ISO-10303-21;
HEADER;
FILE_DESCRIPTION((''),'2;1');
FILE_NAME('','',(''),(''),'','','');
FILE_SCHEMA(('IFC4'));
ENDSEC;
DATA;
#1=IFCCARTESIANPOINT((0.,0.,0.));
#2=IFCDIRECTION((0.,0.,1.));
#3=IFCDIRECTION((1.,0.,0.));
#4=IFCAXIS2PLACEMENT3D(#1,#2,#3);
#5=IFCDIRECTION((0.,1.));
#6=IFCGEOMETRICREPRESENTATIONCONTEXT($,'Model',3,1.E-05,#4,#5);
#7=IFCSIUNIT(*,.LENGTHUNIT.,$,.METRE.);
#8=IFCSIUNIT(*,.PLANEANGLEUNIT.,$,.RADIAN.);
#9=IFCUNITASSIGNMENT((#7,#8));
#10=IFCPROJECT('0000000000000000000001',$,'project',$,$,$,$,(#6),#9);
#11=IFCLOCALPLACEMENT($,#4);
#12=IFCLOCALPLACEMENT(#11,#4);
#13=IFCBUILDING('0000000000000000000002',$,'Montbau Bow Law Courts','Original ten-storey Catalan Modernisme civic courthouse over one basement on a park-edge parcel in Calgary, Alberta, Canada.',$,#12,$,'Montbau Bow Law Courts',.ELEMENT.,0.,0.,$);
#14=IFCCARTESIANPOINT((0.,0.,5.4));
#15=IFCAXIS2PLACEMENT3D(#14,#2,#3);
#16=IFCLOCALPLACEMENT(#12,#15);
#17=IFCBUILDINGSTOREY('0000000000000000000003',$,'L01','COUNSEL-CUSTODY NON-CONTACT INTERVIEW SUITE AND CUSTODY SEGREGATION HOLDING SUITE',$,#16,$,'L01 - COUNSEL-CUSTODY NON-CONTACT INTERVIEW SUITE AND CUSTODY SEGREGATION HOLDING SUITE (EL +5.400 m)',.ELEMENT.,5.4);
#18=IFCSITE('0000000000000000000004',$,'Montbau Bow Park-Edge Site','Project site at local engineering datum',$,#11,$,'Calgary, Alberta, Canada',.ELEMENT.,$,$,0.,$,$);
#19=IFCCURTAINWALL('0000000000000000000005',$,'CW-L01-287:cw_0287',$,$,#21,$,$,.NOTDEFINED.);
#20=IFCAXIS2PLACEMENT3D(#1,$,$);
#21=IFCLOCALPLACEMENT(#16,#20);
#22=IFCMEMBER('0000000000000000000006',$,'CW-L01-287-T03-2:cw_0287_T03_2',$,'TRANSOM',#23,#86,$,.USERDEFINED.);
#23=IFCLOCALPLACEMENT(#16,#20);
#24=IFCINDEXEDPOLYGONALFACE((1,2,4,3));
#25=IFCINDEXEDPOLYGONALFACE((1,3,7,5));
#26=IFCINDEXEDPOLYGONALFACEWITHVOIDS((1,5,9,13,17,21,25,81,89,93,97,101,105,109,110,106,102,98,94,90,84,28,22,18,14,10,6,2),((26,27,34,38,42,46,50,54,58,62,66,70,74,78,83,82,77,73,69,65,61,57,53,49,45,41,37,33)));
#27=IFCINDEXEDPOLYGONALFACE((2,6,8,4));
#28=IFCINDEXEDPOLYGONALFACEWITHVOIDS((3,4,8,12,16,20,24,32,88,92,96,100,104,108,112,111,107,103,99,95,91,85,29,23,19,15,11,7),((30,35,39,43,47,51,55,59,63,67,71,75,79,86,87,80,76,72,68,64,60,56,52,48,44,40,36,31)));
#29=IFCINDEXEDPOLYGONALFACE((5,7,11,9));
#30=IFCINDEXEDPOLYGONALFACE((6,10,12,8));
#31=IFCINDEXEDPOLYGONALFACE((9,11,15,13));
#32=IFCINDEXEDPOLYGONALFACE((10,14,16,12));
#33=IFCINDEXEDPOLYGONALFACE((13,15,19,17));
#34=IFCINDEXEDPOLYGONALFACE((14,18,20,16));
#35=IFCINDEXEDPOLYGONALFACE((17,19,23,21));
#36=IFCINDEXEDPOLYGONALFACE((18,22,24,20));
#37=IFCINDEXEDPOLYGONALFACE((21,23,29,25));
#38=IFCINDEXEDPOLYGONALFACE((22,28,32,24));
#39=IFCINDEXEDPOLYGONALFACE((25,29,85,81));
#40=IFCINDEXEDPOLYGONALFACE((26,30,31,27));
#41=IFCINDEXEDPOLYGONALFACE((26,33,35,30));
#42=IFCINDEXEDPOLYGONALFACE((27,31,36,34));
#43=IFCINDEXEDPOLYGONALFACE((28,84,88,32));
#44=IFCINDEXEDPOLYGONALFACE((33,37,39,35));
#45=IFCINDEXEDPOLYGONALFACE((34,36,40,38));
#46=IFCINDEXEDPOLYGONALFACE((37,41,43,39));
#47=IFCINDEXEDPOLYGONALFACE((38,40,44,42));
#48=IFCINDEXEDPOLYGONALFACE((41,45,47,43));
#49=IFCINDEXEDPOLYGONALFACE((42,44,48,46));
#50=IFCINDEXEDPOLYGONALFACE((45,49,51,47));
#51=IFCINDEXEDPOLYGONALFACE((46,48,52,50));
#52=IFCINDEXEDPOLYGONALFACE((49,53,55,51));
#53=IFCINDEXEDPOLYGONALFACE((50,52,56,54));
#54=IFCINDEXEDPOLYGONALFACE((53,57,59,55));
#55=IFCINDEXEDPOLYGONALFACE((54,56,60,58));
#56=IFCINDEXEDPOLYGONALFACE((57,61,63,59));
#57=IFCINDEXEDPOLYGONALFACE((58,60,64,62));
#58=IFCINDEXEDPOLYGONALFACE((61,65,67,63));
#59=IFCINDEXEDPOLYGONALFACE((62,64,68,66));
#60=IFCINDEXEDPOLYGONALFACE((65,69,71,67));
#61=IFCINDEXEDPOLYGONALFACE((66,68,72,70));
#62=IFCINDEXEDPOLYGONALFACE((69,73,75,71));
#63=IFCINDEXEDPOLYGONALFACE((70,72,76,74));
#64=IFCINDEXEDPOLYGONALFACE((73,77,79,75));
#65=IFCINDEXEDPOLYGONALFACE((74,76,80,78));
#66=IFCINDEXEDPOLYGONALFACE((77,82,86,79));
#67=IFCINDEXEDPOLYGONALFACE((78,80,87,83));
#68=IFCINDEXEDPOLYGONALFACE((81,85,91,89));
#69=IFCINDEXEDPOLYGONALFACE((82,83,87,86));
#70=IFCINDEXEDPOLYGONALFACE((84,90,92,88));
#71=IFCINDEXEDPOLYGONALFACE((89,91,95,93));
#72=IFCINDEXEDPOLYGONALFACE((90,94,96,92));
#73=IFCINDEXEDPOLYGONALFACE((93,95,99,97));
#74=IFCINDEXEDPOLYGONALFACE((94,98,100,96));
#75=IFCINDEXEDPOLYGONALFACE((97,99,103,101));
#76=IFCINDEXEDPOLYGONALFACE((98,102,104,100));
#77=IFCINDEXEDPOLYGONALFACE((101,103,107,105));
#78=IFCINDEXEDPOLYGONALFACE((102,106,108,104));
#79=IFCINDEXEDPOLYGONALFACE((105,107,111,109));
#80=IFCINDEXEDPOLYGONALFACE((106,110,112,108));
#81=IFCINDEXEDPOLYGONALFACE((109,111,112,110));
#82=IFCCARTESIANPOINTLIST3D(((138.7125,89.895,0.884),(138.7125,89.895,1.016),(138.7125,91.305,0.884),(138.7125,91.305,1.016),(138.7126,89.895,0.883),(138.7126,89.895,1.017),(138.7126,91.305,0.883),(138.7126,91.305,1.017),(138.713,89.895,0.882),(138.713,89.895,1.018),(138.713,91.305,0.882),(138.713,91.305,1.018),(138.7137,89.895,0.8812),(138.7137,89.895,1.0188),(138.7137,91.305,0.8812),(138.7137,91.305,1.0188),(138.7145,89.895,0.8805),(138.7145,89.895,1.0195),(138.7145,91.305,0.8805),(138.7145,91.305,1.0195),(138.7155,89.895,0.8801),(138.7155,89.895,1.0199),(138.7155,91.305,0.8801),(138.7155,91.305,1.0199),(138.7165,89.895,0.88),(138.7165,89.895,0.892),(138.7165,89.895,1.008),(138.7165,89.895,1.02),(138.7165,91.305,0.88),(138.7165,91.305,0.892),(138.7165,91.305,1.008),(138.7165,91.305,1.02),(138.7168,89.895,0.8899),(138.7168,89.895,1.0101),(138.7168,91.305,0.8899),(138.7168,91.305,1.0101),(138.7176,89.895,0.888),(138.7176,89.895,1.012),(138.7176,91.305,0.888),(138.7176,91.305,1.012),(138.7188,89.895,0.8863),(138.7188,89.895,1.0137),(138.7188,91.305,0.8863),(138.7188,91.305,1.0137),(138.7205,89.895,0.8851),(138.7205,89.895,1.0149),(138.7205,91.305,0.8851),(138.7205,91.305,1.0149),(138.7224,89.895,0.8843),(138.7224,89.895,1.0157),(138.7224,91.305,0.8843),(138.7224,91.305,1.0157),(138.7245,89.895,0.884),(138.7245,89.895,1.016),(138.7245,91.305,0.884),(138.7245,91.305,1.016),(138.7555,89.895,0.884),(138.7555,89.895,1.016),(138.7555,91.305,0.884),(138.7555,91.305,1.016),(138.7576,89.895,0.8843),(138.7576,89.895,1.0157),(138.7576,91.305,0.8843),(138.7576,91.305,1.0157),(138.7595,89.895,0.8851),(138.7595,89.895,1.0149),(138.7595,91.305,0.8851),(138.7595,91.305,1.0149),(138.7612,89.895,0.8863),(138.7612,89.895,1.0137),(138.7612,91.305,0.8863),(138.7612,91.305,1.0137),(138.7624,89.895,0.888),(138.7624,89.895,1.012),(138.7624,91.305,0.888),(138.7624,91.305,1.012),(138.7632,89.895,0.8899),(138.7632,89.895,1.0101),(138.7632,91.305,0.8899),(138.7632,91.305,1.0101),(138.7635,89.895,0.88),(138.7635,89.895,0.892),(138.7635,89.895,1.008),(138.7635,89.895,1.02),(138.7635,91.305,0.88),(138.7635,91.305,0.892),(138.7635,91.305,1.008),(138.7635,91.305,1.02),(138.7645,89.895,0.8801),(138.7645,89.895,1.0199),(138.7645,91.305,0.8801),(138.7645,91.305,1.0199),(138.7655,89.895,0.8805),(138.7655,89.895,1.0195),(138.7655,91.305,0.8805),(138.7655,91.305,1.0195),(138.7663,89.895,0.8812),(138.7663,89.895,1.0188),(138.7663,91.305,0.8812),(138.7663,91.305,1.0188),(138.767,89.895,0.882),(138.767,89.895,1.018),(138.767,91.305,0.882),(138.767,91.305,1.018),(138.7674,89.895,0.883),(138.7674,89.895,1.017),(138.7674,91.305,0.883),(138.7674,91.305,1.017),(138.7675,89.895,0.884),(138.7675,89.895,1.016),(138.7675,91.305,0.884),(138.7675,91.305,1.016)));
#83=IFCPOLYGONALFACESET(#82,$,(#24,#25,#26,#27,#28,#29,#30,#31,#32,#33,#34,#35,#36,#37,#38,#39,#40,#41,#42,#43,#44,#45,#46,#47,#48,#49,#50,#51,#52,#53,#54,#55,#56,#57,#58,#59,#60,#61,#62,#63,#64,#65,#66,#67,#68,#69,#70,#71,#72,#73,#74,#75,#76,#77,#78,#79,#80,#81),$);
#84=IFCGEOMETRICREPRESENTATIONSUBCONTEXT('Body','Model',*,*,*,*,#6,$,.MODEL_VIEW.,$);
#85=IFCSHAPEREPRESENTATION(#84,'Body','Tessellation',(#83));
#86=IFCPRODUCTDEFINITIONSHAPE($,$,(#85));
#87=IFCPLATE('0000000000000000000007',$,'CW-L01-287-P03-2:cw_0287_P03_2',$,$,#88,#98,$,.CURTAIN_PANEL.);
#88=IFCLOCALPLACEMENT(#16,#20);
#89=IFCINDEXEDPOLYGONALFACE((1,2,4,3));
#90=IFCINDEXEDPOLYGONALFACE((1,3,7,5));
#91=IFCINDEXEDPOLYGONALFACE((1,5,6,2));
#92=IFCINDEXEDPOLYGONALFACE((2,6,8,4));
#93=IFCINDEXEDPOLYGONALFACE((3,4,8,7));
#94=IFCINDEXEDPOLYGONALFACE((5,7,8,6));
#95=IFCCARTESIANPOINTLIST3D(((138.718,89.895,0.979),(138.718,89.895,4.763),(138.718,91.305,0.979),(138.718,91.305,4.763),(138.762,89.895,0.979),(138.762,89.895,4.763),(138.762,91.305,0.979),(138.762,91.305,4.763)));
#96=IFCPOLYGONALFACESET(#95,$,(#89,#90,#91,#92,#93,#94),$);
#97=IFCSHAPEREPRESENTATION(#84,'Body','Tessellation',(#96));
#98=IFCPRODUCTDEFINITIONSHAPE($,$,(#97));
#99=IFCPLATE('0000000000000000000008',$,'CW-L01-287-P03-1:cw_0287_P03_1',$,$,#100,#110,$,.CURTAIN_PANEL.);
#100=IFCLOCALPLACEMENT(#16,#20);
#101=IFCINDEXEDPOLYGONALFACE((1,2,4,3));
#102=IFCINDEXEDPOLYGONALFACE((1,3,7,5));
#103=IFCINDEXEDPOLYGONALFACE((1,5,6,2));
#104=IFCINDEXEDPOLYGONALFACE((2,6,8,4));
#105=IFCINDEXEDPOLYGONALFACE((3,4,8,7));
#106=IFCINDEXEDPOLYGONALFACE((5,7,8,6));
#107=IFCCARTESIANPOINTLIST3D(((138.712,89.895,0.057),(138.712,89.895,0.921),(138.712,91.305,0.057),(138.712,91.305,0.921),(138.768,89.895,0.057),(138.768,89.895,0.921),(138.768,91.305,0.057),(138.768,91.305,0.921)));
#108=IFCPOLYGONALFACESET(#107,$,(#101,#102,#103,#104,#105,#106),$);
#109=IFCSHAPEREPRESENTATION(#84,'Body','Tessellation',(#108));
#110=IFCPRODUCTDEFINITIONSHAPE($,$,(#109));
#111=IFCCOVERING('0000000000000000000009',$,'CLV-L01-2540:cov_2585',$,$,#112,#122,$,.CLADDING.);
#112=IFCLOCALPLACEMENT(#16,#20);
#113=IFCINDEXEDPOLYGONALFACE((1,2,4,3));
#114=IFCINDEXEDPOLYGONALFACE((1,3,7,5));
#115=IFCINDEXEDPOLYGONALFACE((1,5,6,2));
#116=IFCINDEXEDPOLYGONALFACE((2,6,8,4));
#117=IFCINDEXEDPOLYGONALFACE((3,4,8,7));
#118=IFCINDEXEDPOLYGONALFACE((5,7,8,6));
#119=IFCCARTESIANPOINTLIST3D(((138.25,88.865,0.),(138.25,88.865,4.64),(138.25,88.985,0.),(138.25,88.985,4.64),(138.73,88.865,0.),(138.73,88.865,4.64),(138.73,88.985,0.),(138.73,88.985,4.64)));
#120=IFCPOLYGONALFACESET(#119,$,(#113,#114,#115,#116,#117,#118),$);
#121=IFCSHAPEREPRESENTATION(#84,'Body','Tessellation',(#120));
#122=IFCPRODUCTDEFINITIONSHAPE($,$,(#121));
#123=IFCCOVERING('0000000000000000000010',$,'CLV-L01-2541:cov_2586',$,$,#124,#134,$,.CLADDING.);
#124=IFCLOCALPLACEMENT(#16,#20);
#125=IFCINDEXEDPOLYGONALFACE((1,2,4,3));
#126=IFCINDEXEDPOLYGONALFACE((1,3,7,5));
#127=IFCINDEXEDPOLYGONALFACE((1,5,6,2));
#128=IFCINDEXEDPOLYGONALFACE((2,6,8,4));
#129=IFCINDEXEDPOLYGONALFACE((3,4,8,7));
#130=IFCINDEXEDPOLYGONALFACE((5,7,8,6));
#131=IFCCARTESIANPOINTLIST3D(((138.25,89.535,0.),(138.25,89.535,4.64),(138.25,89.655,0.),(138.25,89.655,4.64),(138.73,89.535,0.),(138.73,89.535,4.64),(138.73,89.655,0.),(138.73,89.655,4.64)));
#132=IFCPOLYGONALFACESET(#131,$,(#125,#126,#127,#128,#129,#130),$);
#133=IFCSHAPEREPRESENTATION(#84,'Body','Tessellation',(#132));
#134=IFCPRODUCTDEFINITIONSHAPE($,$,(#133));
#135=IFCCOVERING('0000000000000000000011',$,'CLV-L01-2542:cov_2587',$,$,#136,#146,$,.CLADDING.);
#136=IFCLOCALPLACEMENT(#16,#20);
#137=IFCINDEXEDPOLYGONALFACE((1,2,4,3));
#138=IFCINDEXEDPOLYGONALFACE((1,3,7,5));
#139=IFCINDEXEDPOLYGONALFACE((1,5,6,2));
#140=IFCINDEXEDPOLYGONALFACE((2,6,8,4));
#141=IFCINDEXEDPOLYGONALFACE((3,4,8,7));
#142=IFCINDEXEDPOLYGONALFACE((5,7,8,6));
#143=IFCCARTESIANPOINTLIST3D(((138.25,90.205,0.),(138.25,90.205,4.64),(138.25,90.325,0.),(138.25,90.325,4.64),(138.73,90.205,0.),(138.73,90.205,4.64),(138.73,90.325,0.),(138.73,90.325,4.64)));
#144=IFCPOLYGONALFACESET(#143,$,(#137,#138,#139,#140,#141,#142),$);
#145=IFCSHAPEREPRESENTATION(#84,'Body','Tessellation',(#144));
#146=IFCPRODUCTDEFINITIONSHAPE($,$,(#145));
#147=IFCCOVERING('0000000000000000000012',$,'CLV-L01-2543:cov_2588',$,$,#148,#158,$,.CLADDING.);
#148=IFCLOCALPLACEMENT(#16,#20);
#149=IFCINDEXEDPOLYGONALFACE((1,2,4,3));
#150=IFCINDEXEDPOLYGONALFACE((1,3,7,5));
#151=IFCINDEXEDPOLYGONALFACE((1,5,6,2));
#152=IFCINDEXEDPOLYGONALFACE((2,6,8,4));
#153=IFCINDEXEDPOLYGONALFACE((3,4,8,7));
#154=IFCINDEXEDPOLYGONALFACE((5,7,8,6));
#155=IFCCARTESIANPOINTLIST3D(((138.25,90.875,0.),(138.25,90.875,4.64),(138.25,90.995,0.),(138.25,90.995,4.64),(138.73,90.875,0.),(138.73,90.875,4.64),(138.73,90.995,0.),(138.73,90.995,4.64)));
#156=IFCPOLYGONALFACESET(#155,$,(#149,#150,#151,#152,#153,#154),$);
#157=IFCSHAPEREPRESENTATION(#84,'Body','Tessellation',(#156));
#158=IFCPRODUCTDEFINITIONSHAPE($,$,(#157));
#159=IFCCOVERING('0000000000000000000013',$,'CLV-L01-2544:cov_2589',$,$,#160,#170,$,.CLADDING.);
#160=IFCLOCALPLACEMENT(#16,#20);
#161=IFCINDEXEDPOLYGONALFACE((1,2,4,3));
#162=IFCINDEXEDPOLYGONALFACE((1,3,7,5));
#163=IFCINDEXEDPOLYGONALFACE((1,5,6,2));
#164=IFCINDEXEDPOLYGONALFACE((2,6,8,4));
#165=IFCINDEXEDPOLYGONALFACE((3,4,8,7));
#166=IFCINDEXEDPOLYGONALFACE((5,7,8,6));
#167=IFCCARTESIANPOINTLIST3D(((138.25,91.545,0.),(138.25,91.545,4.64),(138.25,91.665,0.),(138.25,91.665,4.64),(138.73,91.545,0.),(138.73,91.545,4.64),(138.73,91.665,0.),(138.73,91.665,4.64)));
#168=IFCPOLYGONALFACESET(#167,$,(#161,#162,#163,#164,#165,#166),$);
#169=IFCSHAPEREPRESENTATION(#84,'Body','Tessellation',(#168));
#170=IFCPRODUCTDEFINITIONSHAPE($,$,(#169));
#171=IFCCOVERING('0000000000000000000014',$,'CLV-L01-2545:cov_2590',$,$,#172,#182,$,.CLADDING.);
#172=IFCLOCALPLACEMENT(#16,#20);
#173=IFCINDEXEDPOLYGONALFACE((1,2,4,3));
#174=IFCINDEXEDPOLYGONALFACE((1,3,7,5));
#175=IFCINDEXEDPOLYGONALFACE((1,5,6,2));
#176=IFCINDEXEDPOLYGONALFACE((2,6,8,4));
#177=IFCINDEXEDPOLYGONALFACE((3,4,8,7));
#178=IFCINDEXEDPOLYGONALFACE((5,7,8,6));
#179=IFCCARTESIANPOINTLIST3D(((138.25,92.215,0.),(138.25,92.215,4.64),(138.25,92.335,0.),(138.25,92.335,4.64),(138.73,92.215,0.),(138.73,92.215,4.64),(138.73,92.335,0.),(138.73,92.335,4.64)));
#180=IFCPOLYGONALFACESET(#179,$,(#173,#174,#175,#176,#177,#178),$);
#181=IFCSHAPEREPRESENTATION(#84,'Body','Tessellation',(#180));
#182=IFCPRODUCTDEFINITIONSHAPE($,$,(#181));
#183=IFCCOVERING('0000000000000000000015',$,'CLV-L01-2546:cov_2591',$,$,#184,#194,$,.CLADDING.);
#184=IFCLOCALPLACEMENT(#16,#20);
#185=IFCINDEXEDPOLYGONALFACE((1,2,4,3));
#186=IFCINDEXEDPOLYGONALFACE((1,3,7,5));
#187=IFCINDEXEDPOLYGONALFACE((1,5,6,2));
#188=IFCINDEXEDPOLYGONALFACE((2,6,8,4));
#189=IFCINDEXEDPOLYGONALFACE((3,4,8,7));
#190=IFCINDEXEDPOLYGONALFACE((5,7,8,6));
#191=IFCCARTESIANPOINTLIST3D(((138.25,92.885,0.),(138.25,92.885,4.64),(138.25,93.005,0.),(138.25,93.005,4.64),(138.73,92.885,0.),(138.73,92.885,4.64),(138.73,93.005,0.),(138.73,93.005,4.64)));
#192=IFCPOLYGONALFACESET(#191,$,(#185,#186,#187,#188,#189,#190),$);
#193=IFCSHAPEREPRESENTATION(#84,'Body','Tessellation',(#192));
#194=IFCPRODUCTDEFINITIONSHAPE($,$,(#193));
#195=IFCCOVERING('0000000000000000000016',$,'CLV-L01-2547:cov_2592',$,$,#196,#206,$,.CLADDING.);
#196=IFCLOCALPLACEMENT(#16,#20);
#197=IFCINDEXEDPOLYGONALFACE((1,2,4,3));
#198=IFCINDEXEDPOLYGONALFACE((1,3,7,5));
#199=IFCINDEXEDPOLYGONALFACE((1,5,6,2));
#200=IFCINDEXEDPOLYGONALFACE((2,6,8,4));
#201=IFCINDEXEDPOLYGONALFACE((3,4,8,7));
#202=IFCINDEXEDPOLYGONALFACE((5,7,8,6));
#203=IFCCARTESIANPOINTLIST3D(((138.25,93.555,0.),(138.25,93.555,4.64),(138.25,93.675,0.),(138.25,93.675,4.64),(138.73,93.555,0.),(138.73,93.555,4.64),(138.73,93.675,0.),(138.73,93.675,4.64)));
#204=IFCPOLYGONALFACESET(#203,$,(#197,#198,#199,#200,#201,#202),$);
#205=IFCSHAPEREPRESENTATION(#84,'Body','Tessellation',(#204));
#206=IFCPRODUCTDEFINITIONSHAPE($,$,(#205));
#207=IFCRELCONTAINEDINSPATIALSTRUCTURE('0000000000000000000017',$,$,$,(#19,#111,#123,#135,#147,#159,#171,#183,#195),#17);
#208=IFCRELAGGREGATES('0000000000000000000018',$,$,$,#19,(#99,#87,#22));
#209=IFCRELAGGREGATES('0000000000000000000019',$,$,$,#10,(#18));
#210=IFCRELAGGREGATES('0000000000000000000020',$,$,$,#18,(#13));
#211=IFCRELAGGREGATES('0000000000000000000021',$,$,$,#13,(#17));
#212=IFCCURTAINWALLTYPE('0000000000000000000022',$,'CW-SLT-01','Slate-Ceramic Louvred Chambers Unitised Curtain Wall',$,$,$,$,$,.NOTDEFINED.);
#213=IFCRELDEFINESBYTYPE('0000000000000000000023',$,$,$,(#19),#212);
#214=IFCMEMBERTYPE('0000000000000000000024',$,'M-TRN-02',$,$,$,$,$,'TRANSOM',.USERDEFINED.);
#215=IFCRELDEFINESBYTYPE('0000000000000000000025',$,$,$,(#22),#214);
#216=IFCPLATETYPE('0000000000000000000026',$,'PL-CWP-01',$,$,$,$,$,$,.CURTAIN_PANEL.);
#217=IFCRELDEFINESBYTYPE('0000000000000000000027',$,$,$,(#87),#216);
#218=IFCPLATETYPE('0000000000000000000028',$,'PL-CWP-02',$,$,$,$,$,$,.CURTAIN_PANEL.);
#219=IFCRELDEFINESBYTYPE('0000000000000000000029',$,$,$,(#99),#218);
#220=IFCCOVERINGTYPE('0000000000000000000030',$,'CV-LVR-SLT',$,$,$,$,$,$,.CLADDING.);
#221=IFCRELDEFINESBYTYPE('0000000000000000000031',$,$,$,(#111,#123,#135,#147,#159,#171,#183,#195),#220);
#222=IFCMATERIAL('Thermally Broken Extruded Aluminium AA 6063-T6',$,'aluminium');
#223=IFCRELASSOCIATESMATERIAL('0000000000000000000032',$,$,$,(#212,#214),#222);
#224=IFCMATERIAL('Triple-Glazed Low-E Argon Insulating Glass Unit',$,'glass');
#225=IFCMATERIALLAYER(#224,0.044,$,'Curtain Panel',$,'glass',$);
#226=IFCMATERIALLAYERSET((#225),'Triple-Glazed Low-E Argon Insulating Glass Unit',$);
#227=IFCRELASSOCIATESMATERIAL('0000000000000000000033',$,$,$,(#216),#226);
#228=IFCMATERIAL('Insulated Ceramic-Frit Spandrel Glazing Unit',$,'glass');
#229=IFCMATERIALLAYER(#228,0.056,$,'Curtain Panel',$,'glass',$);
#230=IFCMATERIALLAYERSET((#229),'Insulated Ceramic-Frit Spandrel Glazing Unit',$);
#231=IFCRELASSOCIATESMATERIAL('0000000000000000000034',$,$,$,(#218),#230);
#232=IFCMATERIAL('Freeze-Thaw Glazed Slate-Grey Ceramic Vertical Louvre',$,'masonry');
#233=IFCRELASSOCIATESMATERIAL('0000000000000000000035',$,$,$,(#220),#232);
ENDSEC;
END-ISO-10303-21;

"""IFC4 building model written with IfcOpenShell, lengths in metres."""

from ifc_helpers import new_model, si_unit, direction, frame, frame_2d, origin_with_axes, origin_2d_with_axis, place, context, subcontext, project, spatial, rectangle, hollow_rectangle, extrude, material, layer, layer_set, material_profile, profile_set, type_object, element, aggregate, save


model = new_model("IFC4")

# Units and contexts
model_context = context("Model", 3, precision=1e-05, world=origin_with_axes(), true_north=direction((0.0, 1.0)))
body_context = subcontext(model_context, "Body", "Model", "MODEL_VIEW")
ifc_project = project(units=[si_unit("LENGTHUNIT", "METRE"), si_unit("PLANEANGLEUNIT", "RADIAN")], contexts=[model_context])

# Site, building, storey
site_placement = place(None, origin_with_axes())
site = spatial("IfcSite", under=ifc_project, at=site_placement, Name="Montbau Bow Park-Edge Site", Description="Project site at local engineering datum", LongName="Calgary, Alberta, Canada", CompositionType="ELEMENT", RefElevation=0.0)
building_placement = place(site_placement, origin_with_axes())
building = spatial("IfcBuilding", under=site, at=building_placement, Name="Montbau Bow Law Courts", Description="Original ten-storey Catalan Modernisme civic courthouse over one basement on a park-edge parcel in Calgary, Alberta, Canada.", LongName="Montbau Bow Law Courts", CompositionType="ELEMENT", ElevationOfRefHeight=0.0, ElevationOfTerrain=0.0)
storey_placement = place(building_placement, frame((0.0, 0.0, 5.4), z_axis=(0.0, 0.0, 1.0), x_axis=(1.0, 0.0, 0.0)))
storey = spatial("IfcBuildingStorey", under=building, at=storey_placement, Name="L01", Description="COUNSEL-CUSTODY NON-CONTACT INTERVIEW SUITE AND CUSTODY SEGREGATION HOLDING SUITE", LongName="L01 - COUNSEL-CUSTODY NON-CONTACT INTERVIEW SUITE AND CUSTODY SEGREGATION HOLDING SUITE (EL +5.400 m)", CompositionType="ELEMENT", Elevation=5.4)

# Curtain wall, member, plates
ifc_material_1 = material(Name="Thermally Broken Extruded Aluminium AA 6063-T6", Category="aluminium")
curtain_wall_type = type_object("IfcCurtainWallType", Name="CW-SLT-01", Description="Slate-Ceramic Louvred Chambers Unitised Curtain Wall", PredefinedType="NOTDEFINED", material=ifc_material_1)
curtain_wall_placement = place(None, frame((138.74, 86.915, 5.4), z_axis=(0.0, 0.0, 1.0), x_axis=(1.0, 0.0, 0.0)))
curtain_wall = element("IfcCurtainWall", 1, at=curtain_wall_placement, inside=storey, type_object=curtain_wall_type, Name="CW-L01-287:cw_0287", PredefinedType="NOTDEFINED")
ifc_material_profile_1 = material_profile(ifc_material_1, hollow_rectangle(XDim=0.055, YDim=0.14, WallThickness=0.004, InnerFilletRadius=0.008, OuterFilletRadius=0.004, at=origin_2d_with_axis()), Name="CWT-140X55", Category="Main", Priority=0)
ifc_profile_set_1 = profile_set([ifc_material_profile_1], Name="Thermally Broken Extruded Aluminium AA 6063-T6")
member_type_1 = type_object("IfcMemberType", Name="M-TRN-02", ElementType="TRANSOM", PredefinedType="USERDEFINED", material=ifc_profile_set_1)
member_1_placement = place(None, frame((138.74, 89.895, 6.35), z_axis=(0.0, 1.0, 0.0), x_axis=(-1.0, 0.0, 0.0)))
member_1 = element("IfcMember", 2, at=member_1_placement, type_object=member_type_1, Name="CW-L01-287-T03-2:cw_0287_T03_2", ObjectType="TRANSOM", PredefinedType="USERDEFINED", context=body_context, shape_type="SweptSolid", body=[
    extrude(hollow_rectangle(XDim=0.055, YDim=0.14, WallThickness=0.004, InnerFilletRadius=0.008, OuterFilletRadius=0.004, at=origin_2d_with_axis()), origin_with_axes(), (0.0, 0.0, 1.0), 1.41),
])
ifc_material_2 = material(Name="Triple-Glazed Low-E Argon Insulating Glass Unit", Category="glass")
ifc_layer_1 = layer(ifc_material_2, 0.044, Name="Curtain Panel", Category="glass")
ifc_layer_set_1 = layer_set([ifc_layer_1], Name="Triple-Glazed Low-E Argon Insulating Glass Unit")
plate_type_1 = type_object("IfcPlateType", Name="PL-CWP-01", PredefinedType="CURTAIN_PANEL", material=ifc_layer_set_1)
plate_1_placement = place(None, frame((138.74, 89.895, 6.379), z_axis=(1.0, 0.0, 0.0), x_axis=(0.0, 1.0, 0.0)))
plate_1 = element("IfcPlate", 3, at=plate_1_placement, type_object=plate_type_1, Name="CW-L01-287-P03-2:cw_0287_P03_2", PredefinedType="CURTAIN_PANEL", context=body_context, shape_type="SweptSolid", body=[
    extrude(rectangle(XDim=1.41, YDim=3.784, at=frame_2d((0.705, 1.892), x_axis=(1.0, 0.0))), frame((0.0, 0.0, -0.022), z_axis=(0.0, 0.0, 1.0), x_axis=(1.0, 0.0, 0.0)), (0.0, 0.0, 1.0), 0.044),
])
ifc_material_3 = material(Name="Insulated Ceramic-Frit Spandrel Glazing Unit", Category="glass")
ifc_layer_2 = layer(ifc_material_3, 0.056, Name="Curtain Panel", Category="glass")
ifc_layer_set_2 = layer_set([ifc_layer_2], Name="Insulated Ceramic-Frit Spandrel Glazing Unit")
plate_type_2 = type_object("IfcPlateType", Name="PL-CWP-02", PredefinedType="CURTAIN_PANEL", material=ifc_layer_set_2)
plate_2_placement = place(None, frame((138.74, 89.895, 5.457), z_axis=(1.0, 0.0, 0.0), x_axis=(0.0, 1.0, 0.0)))
plate_2 = element("IfcPlate", 4, at=plate_2_placement, type_object=plate_type_2, Name="CW-L01-287-P03-1:cw_0287_P03_1", PredefinedType="CURTAIN_PANEL", context=body_context, shape_type="SweptSolid", body=[
    extrude(rectangle(XDim=1.41, YDim=0.864, at=frame_2d((0.705, 0.432), x_axis=(1.0, 0.0))), frame((0.0, 0.0, -0.028), z_axis=(0.0, 0.0, 1.0), x_axis=(1.0, 0.0, 0.0)), (0.0, 0.0, 1.0), 0.056),
])
aggregate(curtain_wall, [plate_2, plate_1, member_1])

# Coverings
ifc_material_4 = material(Name="Freeze-Thaw Glazed Slate-Grey Ceramic Vertical Louvre", Category="masonry")
covering_type = type_object("IfcCoveringType", Name="CV-LVR-SLT", PredefinedType="CLADDING", material=ifc_material_4)
for number, where, z_axis, x_axis, name in (
    (5, (138.73, 88.925, 5.4), (0.0, 1.0, 0.0), (-1.0, 0.0, 0.0), "CLV-L01-2540:cov_2585"),
    (6, (138.73, 89.595, 5.4), (0.0, 1.0, 0.0), (-1.0, 0.0, 0.0), "CLV-L01-2541:cov_2586"),
    (7, (138.73, 90.265, 5.4), (0.0, 1.0, 0.0), (-1.0, 0.0, 0.0), "CLV-L01-2542:cov_2587"),
    (8, (138.73, 90.935, 5.4), (0.0, 1.0, 0.0), (-1.0, 0.0, 0.0), "CLV-L01-2543:cov_2588"),
    (9, (138.73, 91.605, 5.4), (0.0, 1.0, 0.0), (-1.0, 0.0, 0.0), "CLV-L01-2544:cov_2589"),
    (10, (138.73, 92.275, 5.4), (0.0, 1.0, 0.0), (-1.0, 0.0, 0.0), "CLV-L01-2545:cov_2590"),
    (11, (138.73, 92.945, 5.4), (0.0, 1.0, 0.0), (-1.0, 0.0, 0.0), "CLV-L01-2546:cov_2591"),
    (12, (138.73, 93.615, 5.4), (0.0, 1.0, 0.0), (-1.0, 0.0, 0.0), "CLV-L01-2547:cov_2592"),
):
    element("IfcCovering", number, at=place(None, frame(where, z_axis=z_axis, x_axis=x_axis)), inside=storey, type_object=covering_type, Name=name, PredefinedType="CLADDING", context=body_context, shape_type="SweptSolid", body=[
        extrude(rectangle(XDim=0.48, YDim=4.64, at=frame_2d((0.24, 2.32), x_axis=(1.0, 0.0))), frame((0.0, 0.0, -0.06), z_axis=(0.0, 0.0, 1.0), x_axis=(1.0, 0.0, 0.0)), (0.0, 0.0, 1.0), 0.12),
    ])

save(model, "model.ifc")
